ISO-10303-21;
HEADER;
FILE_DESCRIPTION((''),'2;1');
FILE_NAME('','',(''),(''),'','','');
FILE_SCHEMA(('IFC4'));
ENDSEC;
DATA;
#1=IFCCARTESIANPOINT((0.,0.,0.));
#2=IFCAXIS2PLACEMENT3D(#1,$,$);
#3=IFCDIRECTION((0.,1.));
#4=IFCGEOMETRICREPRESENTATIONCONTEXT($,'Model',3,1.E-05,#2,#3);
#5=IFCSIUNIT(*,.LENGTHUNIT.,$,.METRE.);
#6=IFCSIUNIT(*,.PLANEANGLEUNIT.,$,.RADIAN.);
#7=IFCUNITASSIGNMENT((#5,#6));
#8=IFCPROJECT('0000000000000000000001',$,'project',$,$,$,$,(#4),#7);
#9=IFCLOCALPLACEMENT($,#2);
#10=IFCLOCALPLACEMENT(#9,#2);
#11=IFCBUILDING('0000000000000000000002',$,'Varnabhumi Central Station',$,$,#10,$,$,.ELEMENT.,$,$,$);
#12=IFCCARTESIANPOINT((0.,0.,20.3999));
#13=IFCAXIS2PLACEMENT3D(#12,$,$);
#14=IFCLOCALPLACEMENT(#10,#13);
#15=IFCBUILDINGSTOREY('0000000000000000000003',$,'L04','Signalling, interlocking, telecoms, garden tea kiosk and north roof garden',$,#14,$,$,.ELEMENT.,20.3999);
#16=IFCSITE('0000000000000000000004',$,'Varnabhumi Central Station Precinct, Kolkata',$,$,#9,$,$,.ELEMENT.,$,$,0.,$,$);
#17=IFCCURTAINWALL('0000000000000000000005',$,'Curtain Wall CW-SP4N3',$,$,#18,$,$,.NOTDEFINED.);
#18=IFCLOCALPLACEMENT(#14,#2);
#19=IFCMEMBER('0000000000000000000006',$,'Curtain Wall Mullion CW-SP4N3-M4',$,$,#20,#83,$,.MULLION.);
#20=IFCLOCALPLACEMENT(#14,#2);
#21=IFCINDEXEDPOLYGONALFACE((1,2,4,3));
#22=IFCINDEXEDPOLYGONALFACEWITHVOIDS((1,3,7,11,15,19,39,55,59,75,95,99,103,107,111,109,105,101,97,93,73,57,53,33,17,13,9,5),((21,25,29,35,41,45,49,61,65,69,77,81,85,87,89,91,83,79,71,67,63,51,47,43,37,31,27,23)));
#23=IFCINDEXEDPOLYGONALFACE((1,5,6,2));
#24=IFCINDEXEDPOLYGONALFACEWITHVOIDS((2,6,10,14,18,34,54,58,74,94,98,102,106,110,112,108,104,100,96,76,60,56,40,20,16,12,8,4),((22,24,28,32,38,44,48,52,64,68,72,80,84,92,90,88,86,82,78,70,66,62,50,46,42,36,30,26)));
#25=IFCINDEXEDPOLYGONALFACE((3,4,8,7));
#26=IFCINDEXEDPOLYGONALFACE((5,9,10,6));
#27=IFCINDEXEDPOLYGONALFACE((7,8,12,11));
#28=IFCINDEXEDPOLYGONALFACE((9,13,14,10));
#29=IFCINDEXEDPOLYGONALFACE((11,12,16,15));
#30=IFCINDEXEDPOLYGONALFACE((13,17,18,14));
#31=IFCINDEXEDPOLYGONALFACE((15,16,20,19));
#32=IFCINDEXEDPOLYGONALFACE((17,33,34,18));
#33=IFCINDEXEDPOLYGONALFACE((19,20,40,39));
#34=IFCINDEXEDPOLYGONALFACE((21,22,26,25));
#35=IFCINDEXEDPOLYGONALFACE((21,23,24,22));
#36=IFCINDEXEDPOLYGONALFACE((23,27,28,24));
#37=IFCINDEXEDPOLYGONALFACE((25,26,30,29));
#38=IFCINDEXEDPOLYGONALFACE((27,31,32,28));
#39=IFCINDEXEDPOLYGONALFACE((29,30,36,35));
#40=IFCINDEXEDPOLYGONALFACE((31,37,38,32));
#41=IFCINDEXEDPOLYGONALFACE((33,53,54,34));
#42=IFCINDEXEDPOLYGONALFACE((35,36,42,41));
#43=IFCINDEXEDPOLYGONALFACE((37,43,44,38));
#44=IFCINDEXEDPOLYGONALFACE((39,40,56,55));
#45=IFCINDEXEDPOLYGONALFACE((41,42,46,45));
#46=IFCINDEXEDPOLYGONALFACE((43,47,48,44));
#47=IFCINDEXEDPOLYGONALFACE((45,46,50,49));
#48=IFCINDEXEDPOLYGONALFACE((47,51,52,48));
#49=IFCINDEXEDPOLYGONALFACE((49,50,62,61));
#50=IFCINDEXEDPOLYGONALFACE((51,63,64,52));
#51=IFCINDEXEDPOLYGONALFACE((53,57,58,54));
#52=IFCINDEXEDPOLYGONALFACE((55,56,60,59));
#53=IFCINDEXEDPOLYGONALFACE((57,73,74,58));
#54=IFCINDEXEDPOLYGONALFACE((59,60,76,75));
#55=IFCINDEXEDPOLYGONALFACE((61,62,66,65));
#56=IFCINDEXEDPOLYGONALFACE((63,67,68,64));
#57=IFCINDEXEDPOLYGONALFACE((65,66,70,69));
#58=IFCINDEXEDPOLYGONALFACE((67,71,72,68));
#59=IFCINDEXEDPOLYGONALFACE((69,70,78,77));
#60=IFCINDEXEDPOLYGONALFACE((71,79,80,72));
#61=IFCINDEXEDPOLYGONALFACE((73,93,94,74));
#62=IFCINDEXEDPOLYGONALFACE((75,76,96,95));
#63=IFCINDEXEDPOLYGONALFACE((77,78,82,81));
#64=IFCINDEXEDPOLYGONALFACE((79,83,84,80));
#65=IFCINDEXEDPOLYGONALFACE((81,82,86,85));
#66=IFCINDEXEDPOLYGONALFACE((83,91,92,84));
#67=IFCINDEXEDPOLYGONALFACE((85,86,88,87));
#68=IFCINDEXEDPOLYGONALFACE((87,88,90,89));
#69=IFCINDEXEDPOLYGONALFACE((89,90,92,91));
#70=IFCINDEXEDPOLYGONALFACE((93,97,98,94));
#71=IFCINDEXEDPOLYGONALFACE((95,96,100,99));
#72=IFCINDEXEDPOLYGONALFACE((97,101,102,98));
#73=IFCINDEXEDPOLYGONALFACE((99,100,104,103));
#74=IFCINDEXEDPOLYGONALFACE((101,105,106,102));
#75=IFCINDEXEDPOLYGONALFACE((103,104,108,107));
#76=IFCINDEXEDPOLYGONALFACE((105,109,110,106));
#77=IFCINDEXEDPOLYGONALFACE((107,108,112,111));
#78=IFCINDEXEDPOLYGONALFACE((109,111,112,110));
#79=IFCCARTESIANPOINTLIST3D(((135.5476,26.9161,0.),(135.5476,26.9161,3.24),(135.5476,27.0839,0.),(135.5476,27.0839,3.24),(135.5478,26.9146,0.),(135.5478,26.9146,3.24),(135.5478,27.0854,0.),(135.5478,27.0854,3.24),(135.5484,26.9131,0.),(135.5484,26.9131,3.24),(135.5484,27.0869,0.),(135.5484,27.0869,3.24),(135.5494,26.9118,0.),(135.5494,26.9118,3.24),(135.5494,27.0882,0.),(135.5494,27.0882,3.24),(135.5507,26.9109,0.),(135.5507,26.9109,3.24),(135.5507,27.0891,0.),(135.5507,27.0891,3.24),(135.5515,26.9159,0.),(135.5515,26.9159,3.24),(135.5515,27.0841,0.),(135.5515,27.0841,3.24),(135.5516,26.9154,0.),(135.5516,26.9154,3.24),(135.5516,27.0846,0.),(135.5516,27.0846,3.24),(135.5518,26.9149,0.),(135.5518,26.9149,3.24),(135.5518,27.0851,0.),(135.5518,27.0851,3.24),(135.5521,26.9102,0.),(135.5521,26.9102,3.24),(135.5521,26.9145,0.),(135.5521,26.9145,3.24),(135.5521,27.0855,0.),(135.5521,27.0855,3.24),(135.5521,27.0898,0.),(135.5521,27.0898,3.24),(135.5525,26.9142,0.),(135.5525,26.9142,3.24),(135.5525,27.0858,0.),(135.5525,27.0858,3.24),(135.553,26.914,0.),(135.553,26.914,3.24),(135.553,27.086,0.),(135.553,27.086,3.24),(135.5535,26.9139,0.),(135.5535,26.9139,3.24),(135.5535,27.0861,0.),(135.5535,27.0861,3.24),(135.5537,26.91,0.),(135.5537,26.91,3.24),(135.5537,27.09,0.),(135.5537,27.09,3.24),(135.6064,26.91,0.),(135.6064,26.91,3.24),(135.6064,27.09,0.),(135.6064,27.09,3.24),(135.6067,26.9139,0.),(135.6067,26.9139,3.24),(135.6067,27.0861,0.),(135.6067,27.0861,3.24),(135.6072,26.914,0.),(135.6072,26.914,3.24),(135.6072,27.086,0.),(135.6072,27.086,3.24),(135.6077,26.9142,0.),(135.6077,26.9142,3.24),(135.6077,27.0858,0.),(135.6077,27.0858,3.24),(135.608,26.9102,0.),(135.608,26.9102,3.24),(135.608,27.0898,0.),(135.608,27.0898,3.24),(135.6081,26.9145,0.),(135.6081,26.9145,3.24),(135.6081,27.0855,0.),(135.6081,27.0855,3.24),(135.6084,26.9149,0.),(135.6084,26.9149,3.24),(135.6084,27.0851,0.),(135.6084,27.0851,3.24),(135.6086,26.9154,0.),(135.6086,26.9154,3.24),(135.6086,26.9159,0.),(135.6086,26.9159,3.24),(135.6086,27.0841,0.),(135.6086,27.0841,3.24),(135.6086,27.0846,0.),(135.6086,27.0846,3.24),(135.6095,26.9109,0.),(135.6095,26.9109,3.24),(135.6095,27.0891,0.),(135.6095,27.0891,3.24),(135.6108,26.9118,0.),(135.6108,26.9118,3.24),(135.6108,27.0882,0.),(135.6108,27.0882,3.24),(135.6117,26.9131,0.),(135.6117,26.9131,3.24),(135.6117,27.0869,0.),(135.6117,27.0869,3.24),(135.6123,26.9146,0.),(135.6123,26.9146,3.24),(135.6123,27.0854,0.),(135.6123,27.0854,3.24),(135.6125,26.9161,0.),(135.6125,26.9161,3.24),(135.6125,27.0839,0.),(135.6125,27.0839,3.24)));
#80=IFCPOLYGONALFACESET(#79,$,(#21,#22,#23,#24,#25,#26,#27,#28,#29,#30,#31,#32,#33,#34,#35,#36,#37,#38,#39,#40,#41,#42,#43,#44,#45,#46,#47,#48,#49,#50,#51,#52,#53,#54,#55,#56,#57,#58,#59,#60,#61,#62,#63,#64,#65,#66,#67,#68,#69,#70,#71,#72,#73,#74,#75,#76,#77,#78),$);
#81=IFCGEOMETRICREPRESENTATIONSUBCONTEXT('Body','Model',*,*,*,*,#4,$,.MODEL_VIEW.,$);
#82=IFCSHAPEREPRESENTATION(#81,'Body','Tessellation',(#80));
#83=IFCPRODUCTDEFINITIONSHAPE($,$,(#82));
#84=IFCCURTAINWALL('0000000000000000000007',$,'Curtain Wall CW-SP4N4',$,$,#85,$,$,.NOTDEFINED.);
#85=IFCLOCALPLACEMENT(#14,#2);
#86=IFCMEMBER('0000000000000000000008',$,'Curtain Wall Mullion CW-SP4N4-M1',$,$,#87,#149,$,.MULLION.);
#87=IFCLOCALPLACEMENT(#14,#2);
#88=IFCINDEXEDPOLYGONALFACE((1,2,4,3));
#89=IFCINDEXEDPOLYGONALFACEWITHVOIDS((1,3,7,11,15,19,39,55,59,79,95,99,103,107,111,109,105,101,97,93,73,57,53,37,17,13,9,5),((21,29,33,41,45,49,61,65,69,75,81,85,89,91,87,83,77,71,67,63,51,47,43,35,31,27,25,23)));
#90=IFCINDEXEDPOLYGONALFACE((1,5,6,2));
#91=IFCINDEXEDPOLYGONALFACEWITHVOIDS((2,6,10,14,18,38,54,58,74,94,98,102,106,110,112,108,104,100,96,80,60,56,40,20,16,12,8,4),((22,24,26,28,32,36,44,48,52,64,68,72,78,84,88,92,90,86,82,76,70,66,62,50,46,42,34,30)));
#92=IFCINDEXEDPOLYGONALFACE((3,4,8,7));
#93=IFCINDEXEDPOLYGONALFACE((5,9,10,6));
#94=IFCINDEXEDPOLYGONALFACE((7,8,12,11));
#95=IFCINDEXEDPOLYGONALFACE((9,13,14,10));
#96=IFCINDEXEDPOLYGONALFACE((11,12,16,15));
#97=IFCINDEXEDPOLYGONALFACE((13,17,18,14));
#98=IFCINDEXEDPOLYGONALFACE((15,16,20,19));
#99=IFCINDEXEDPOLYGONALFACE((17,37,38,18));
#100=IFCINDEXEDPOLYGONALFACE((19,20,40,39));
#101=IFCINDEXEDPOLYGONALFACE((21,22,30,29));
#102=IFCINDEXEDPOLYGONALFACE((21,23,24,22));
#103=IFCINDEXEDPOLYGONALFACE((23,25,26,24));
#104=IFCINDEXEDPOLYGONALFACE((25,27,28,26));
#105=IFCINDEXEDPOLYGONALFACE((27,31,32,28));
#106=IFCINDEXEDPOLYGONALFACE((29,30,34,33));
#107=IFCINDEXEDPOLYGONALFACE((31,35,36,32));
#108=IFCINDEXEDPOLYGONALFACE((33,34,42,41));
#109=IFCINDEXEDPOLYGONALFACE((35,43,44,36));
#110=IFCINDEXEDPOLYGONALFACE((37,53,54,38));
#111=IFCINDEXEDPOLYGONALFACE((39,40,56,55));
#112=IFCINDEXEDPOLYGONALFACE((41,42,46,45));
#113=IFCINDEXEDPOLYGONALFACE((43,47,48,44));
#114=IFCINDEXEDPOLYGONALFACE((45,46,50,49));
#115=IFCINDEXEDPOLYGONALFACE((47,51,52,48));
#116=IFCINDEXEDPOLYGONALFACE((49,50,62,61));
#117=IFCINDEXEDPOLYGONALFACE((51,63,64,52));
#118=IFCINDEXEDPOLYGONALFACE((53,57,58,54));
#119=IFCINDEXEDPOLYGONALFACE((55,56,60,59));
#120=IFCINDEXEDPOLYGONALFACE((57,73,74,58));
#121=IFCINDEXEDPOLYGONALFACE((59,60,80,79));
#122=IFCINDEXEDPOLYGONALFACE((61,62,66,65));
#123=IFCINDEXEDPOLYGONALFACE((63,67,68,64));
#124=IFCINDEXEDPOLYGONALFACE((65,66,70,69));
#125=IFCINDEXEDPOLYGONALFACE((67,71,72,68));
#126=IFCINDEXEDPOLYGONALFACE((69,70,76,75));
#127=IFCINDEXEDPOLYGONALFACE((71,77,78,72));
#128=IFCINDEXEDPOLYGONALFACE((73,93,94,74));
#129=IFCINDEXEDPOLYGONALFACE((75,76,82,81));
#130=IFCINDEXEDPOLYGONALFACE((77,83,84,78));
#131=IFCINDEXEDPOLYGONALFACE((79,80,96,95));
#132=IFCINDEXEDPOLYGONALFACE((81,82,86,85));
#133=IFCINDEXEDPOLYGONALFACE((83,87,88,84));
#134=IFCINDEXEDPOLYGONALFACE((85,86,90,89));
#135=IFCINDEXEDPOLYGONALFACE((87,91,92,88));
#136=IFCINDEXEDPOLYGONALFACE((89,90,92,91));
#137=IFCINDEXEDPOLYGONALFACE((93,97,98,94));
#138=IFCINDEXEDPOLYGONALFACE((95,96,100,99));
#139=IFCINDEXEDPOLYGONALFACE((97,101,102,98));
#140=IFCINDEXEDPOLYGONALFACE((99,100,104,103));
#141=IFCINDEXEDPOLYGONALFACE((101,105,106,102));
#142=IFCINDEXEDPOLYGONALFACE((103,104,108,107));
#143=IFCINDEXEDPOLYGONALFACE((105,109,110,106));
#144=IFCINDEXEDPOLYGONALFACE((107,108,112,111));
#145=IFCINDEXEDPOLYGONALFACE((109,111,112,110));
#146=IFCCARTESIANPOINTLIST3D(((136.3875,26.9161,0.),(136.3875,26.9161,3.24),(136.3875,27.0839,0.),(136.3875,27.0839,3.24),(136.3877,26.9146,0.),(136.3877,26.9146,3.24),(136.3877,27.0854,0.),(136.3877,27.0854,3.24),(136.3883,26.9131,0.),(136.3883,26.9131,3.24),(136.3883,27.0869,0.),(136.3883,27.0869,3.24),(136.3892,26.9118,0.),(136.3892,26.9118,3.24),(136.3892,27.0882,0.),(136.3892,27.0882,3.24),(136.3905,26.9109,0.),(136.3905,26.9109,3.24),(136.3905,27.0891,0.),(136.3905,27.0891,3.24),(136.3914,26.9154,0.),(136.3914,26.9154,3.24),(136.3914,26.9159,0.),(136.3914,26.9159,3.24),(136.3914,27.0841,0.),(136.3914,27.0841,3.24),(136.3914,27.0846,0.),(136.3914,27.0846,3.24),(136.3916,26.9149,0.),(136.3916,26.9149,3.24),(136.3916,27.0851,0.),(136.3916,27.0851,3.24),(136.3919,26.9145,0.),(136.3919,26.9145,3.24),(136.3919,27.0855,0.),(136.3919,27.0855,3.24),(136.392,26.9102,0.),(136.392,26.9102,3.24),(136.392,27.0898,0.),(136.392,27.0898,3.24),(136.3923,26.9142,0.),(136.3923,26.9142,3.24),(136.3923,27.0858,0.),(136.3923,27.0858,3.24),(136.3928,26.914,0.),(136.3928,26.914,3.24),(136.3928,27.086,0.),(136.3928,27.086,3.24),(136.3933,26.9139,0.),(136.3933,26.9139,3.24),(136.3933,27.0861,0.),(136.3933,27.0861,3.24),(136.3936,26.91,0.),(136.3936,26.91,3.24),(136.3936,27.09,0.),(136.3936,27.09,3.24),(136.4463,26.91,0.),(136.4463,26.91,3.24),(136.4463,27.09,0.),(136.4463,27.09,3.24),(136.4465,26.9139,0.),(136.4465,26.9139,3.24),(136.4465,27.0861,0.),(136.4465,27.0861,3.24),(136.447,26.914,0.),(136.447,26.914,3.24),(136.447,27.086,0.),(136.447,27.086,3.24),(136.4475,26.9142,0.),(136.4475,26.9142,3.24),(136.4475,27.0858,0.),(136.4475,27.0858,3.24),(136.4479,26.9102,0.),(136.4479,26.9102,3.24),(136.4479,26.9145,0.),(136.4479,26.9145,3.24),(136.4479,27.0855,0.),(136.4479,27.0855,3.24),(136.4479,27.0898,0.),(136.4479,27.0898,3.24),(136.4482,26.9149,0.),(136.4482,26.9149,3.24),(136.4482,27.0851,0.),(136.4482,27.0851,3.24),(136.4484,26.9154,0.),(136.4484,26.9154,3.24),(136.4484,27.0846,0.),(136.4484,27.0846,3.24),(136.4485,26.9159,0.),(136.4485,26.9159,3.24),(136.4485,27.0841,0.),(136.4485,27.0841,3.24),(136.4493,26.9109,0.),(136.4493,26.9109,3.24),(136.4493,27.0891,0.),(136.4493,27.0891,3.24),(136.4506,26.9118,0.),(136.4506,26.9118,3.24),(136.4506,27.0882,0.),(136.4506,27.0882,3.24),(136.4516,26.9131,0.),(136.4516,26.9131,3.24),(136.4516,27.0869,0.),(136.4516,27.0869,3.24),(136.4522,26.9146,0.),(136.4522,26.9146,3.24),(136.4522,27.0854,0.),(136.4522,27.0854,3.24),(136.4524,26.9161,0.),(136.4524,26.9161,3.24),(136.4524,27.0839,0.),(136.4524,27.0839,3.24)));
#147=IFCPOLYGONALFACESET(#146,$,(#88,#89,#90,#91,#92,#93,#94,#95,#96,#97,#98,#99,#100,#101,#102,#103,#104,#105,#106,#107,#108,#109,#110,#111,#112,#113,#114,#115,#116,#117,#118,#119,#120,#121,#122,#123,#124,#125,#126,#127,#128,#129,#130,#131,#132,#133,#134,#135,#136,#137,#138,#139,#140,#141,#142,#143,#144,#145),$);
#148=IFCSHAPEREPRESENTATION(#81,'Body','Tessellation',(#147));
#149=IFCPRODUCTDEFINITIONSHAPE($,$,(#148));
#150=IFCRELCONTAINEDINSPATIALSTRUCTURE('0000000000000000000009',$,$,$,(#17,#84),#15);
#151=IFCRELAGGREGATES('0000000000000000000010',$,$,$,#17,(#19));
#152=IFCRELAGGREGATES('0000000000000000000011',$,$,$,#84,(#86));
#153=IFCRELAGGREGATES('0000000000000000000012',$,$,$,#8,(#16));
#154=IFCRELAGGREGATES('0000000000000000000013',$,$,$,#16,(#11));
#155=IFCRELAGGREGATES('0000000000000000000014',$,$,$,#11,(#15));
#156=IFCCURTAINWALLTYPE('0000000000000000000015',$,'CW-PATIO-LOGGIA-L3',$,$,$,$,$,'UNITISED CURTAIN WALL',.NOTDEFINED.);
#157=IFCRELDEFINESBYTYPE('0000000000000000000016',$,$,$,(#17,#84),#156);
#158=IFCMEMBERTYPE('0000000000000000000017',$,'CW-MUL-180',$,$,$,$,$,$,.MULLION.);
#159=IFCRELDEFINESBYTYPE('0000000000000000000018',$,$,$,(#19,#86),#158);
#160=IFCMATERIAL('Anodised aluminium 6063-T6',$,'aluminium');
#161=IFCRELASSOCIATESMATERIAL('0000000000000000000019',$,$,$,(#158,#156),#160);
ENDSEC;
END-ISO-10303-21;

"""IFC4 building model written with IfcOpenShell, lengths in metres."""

from ifc_helpers import new_model, si_unit, direction, frame, origin, origin_2d, place, context, subcontext, project, spatial, hollow_rectangle, extrude, material, material_profile, profile_set, type_object, element, aggregate, save


model = new_model("IFC4")

# Units and contexts
model_context = context("Model", 3, precision=1e-05, world=origin(), true_north=direction((0.0, 1.0)))
body_context = subcontext(model_context, "Body", "Model", "MODEL_VIEW")
ifc_project = project(units=[si_unit("LENGTHUNIT", "METRE"), si_unit("PLANEANGLEUNIT", "RADIAN")], contexts=[model_context])

# Site, building, storey
site_placement = place(None, origin())
site = spatial("IfcSite", under=ifc_project, at=site_placement, Name="Varnabhumi Central Station Precinct, Kolkata", CompositionType="ELEMENT", RefElevation=0.0)
building_placement = place(site_placement, origin())
building = spatial("IfcBuilding", under=site, at=building_placement, Name="Varnabhumi Central Station", CompositionType="ELEMENT")
storey_placement = place(building_placement, frame((0.0, 0.0, 20.3999)))
storey = spatial("IfcBuildingStorey", under=building, at=storey_placement, Name="L04", Description="Signalling, interlocking, telecoms, garden tea kiosk and north roof garden", CompositionType="ELEMENT", Elevation=20.3999)

# Shared definitions
ifc_material_1 = material(Name="Anodised aluminium 6063-T6", Category="aluminium")
ifc_material_profile_1 = material_profile(ifc_material_1, hollow_rectangle(XDim=0.0649, YDim=0.1799, WallThickness=0.0039, InnerFilletRadius=0.002, OuterFilletRadius=0.0061, at=origin_2d()), Name="Anodised aluminium 6063-T6", Category="aluminium")
ifc_profile_set_1 = profile_set([ifc_material_profile_1], Name="Anodised aluminium 6063-T6")
member_type_1 = type_object("IfcMemberType", Name="CW-MUL-180", PredefinedType="MULLION", material=ifc_profile_set_1)

# Curtain walls, members
curtain_wall_type_1 = type_object("IfcCurtainWallType", Name="CW-PATIO-LOGGIA-L3", ElementType="UNITISED CURTAIN WALL", PredefinedType="NOTDEFINED", material=ifc_material_1)
curtain_wall_1_placement = place(storey_placement, origin())
curtain_wall_1 = element("IfcCurtainWall", 1, at=curtain_wall_1_placement, inside=storey, type_object=curtain_wall_type_1, Name="Curtain Wall CW-SP4N3", PredefinedType="NOTDEFINED")
member_1_placement = place(storey_placement, frame((135.5801, 27.0, 0.0), z_axis=(0.0, 0.0, 1.0), x_axis=(1.0, 0.0, 0.0)))
member_1 = element("IfcMember", 2, at=member_1_placement, type_object=member_type_1, Name="Curtain Wall Mullion CW-SP4N3-M4", PredefinedType="MULLION", context=body_context, shape_type="SweptSolid", body=[
    extrude(hollow_rectangle(XDim=0.0649, YDim=0.1799, WallThickness=0.0039, InnerFilletRadius=0.002, OuterFilletRadius=0.0061, at=origin_2d()), origin(), (0.0, 0.0, 1.0), 3.24),
])
curtain_wall_2_placement = place(storey_placement, origin())
curtain_wall_2 = element("IfcCurtainWall", 3, at=curtain_wall_2_placement, inside=storey, type_object=curtain_wall_type_1, Name="Curtain Wall CW-SP4N4", PredefinedType="NOTDEFINED")
member_2_placement = place(storey_placement, frame((136.4199, 27.0, 0.0), z_axis=(0.0, 0.0, 1.0), x_axis=(1.0, 0.0, 0.0)))
member_2 = element("IfcMember", 4, at=member_2_placement, type_object=member_type_1, Name="Curtain Wall Mullion CW-SP4N4-M1", PredefinedType="MULLION", context=body_context, shape_type="SweptSolid", body=[
    extrude(hollow_rectangle(XDim=0.0649, YDim=0.1799, WallThickness=0.0039, InnerFilletRadius=0.002, OuterFilletRadius=0.0061, at=origin_2d()), origin(), (0.0, 0.0, 1.0), 3.24),
])

aggregate(curtain_wall_1, [member_1])
aggregate(curtain_wall_2, [member_2])

save(model, "model.ifc")
